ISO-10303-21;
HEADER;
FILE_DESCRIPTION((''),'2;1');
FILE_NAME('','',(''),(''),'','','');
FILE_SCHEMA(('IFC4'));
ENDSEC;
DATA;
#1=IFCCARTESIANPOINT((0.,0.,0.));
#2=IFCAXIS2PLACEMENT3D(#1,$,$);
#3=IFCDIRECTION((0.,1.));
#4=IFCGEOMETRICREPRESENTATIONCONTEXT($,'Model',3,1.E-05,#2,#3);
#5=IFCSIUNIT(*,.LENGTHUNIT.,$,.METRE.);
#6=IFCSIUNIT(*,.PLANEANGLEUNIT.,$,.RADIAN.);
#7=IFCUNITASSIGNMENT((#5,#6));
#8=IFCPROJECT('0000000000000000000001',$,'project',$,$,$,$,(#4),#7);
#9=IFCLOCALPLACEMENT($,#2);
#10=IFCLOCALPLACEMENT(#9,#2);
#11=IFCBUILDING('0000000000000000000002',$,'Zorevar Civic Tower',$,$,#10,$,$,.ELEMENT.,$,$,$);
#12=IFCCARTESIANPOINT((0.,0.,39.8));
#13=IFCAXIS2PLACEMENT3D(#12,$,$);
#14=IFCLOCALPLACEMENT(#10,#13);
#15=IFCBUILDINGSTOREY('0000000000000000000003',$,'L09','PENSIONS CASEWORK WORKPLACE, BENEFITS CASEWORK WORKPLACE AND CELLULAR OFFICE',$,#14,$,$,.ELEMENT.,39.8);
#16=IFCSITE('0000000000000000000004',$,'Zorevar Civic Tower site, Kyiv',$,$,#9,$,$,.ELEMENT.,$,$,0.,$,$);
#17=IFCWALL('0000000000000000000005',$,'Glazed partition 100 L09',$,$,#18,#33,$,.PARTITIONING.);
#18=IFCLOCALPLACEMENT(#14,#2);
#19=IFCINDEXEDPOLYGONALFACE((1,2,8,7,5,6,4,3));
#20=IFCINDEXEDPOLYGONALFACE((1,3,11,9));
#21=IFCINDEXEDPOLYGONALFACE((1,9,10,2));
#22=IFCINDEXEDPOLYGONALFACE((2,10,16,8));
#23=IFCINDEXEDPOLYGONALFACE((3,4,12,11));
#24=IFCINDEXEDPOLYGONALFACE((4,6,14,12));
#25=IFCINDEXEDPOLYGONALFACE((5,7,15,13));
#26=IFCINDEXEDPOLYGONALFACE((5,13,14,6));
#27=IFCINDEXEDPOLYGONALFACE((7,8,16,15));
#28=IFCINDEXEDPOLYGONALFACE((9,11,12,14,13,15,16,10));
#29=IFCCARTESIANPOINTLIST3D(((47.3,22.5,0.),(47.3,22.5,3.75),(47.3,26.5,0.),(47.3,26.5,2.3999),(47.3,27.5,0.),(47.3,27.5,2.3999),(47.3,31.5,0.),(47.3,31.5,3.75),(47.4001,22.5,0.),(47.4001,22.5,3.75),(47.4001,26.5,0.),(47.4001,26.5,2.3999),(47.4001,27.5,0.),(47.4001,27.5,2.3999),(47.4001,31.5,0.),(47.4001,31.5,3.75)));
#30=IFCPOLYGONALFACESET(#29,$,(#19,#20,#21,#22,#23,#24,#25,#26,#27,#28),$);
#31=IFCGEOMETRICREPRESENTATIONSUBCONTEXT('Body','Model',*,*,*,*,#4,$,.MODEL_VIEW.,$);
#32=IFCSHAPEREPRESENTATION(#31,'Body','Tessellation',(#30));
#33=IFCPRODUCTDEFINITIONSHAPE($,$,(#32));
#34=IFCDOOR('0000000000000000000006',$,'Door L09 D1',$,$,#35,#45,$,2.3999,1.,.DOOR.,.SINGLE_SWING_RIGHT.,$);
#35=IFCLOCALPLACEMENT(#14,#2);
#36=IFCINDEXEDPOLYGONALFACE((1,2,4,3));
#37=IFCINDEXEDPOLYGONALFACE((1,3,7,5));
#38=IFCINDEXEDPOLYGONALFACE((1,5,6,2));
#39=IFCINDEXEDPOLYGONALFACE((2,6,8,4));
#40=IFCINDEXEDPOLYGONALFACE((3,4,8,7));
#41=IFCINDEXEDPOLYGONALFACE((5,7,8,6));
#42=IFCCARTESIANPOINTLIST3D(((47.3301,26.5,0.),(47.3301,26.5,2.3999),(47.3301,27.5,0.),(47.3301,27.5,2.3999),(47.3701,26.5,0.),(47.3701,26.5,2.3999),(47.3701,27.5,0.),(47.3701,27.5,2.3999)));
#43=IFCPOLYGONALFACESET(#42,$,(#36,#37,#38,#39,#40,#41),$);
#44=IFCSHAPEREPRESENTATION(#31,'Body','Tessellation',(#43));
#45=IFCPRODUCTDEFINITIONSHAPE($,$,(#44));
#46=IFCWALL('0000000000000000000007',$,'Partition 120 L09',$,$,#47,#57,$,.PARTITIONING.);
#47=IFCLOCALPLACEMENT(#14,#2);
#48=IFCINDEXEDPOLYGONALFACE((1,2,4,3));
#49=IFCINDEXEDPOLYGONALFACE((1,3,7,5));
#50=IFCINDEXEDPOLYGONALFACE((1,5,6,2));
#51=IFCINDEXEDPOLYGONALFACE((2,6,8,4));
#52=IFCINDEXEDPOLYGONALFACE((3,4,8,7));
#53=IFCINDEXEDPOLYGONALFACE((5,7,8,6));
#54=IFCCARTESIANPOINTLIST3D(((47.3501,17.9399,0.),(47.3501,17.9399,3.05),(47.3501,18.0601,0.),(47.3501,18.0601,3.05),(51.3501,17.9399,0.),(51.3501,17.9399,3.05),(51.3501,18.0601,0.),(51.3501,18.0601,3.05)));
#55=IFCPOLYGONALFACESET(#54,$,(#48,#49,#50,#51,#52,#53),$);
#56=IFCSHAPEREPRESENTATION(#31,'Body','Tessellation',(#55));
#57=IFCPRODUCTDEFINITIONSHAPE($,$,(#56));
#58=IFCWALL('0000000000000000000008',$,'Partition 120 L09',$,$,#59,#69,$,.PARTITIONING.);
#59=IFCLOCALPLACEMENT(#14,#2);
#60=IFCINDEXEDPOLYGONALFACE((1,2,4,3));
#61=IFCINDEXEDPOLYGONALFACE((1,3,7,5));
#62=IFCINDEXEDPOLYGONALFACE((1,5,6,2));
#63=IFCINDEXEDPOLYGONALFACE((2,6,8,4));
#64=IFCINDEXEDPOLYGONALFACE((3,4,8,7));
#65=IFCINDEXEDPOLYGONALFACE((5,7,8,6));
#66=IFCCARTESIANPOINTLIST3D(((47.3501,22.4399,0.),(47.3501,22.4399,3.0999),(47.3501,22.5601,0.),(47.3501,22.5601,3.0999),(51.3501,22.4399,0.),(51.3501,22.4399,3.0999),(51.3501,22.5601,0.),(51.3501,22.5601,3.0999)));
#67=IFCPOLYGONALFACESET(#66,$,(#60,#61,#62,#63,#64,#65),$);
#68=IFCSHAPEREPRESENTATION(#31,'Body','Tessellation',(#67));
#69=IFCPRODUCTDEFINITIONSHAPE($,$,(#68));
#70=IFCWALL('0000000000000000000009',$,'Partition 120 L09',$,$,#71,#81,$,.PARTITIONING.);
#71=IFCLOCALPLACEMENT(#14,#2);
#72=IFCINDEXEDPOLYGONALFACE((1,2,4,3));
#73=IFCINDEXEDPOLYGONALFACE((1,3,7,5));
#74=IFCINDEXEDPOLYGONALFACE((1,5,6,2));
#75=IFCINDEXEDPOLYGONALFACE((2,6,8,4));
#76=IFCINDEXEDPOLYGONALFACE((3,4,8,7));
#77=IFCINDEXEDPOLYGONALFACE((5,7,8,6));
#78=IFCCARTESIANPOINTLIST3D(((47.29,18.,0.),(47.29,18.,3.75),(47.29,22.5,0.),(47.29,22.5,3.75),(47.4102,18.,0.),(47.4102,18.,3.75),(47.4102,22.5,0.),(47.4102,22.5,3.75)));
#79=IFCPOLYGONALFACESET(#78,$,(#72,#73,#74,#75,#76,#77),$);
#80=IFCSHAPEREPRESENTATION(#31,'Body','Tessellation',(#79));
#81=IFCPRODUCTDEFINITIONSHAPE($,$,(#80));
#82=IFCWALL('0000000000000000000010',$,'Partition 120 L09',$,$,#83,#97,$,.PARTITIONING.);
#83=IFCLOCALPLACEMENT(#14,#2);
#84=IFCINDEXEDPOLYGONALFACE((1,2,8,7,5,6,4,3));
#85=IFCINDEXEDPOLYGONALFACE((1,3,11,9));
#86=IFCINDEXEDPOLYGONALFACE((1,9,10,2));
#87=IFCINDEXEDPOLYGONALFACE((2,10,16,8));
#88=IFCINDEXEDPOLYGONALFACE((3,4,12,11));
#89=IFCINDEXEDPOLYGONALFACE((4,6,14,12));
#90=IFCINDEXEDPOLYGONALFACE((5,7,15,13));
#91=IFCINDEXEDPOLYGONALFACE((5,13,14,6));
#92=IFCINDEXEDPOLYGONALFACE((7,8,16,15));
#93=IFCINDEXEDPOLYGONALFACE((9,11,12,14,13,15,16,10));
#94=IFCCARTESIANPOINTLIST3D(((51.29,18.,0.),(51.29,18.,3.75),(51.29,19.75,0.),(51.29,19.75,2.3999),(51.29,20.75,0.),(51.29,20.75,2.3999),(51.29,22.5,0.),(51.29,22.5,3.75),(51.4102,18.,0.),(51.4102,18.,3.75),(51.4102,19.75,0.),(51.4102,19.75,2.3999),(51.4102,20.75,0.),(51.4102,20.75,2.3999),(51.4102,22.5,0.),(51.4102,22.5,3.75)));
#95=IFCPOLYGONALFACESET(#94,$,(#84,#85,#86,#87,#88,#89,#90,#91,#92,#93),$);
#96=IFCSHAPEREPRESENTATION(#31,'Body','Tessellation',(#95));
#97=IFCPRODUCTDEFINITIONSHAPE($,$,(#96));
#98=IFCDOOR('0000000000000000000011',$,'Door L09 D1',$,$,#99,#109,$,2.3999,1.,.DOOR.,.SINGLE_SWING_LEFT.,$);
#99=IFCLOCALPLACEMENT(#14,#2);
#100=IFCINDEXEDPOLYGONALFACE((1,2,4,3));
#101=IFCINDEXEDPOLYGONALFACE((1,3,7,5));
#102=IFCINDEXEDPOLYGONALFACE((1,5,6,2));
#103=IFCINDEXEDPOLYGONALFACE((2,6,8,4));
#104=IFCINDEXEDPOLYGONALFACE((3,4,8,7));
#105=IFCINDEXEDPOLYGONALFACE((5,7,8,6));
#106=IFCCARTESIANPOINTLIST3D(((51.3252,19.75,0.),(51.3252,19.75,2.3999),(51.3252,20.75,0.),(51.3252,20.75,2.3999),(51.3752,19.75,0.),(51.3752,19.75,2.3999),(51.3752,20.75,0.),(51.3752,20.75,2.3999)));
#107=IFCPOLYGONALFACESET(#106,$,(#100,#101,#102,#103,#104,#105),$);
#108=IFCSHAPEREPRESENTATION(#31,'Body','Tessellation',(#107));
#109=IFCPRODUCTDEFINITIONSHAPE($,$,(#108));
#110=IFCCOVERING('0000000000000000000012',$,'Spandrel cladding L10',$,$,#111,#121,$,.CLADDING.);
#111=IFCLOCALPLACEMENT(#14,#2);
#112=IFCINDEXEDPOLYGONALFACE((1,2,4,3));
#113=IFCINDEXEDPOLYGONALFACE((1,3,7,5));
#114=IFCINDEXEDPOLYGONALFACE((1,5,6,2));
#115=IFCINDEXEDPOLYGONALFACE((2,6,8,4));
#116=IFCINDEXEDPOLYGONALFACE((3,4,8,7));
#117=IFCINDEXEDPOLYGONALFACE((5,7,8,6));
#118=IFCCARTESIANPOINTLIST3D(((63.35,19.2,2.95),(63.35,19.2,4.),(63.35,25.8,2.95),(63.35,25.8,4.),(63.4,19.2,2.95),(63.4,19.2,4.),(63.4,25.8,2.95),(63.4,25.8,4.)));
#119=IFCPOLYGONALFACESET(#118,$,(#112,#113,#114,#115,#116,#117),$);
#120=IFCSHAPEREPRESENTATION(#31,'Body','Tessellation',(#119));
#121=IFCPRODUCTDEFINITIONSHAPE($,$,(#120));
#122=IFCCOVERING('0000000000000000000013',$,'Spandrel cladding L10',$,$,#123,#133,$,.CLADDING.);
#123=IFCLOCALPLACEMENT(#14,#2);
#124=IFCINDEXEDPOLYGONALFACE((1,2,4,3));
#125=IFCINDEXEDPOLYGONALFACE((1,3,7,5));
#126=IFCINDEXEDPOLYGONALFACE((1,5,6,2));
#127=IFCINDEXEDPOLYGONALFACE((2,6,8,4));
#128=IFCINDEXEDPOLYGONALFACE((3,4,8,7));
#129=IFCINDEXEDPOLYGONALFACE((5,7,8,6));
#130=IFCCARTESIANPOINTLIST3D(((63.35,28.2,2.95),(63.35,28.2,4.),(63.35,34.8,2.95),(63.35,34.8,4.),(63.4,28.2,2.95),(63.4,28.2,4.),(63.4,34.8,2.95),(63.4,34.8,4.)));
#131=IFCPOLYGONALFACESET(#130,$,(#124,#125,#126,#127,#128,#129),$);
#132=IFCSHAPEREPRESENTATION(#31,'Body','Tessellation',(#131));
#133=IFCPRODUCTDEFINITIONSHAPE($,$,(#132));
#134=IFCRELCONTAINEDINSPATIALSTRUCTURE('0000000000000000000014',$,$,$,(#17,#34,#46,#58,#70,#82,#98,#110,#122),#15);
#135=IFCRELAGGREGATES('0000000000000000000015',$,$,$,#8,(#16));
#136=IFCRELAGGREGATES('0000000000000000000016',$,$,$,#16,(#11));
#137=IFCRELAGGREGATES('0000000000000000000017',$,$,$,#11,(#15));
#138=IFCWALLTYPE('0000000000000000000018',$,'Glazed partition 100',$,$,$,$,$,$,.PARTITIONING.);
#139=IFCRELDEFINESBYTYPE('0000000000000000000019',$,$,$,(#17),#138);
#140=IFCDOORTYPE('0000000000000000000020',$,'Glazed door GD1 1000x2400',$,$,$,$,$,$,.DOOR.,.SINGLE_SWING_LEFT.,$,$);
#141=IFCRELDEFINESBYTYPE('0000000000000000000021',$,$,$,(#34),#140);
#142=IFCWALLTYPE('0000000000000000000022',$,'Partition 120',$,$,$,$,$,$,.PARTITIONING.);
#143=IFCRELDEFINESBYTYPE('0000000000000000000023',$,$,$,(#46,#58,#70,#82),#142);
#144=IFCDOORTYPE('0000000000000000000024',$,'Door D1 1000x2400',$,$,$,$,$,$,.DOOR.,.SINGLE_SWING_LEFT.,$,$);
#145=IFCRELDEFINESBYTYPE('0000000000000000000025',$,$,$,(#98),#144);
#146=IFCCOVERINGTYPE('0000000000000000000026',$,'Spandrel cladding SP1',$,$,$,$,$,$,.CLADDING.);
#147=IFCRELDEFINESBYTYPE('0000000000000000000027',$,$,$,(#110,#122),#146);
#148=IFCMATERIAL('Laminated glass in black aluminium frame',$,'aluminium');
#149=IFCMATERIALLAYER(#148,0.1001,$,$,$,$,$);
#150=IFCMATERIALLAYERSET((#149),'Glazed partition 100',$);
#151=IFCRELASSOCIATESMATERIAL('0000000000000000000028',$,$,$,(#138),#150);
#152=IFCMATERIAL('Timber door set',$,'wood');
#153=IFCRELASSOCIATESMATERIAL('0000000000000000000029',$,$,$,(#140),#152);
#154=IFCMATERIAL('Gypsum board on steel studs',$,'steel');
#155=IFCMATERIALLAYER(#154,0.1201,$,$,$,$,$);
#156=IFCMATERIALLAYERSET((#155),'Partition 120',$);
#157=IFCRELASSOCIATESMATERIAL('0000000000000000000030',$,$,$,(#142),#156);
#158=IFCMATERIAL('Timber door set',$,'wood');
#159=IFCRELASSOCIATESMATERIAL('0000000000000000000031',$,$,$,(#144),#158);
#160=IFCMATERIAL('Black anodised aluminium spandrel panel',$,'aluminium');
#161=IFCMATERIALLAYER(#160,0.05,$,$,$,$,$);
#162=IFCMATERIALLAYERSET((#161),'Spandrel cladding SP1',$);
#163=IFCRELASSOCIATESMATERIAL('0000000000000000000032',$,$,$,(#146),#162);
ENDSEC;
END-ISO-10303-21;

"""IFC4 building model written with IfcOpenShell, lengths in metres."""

from ifc_helpers import new_model, si_unit, direction, frame, frame_2d, origin, place, context, subcontext, project, spatial, rectangle, extrude, material, layer, layer_set, type_object, element, fill, save


model = new_model("IFC4")

# Units and contexts
model_context = context("Model", 3, precision=1e-05, world=origin(), true_north=direction((0.0, 1.0)))
body_context = subcontext(model_context, "Body", "Model", "MODEL_VIEW")
ifc_project = project(units=[si_unit("LENGTHUNIT", "METRE"), si_unit("PLANEANGLEUNIT", "RADIAN")], contexts=[model_context])

# Site, building, storey
site_placement = place(None, origin())
site = spatial("IfcSite", under=ifc_project, at=site_placement, Name="Zorevar Civic Tower site, Kyiv", CompositionType="ELEMENT", RefElevation=0.0)
building_placement = place(site_placement, origin())
building = spatial("IfcBuilding", under=site, at=building_placement, Name="Zorevar Civic Tower", CompositionType="ELEMENT")
storey_placement = place(building_placement, frame((0.0, 0.0, 39.8)))
storey = spatial("IfcBuildingStorey", under=building, at=storey_placement, Name="L09", Description="PENSIONS CASEWORK WORKPLACE, BENEFITS CASEWORK WORKPLACE AND CELLULAR OFFICE", CompositionType="ELEMENT", Elevation=39.8)

# Shared definitions
ifc_material_1 = material(Name="Laminated glass in black aluminium frame", Category="aluminium")
ifc_layer_1 = layer(ifc_material_1, 0.1001)
ifc_layer_set_1 = layer_set([ifc_layer_1], Name="Glazed partition 100")
wall_type_1 = type_object("IfcWallType", Name="Glazed partition 100", PredefinedType="PARTITIONING", material=ifc_layer_set_1)

# Wall, opening, door
wall_1_placement = place(storey_placement, frame((47.3501, 22.5, 0.0), z_axis=(0.0, 0.0, 1.0), x_axis=(0.0, 1.0, 0.0)))
wall_1 = element("IfcWall", 1, at=wall_1_placement, inside=storey, type_object=wall_type_1, Name="Glazed partition 100 L09", PredefinedType="PARTITIONING", context=body_context, shape_type="SweptSolid", body=[
    extrude(rectangle(XDim=9.0, YDim=0.1001, at=frame_2d((4.5, 0.0))), origin(), (0.0, 0.0, 1.0), 3.75),
])
opening_1_placement = place(wall_1_placement, frame((4.0, 0.0, 0.0)))
opening_1 = element("IfcOpeningElement", 2, at=opening_1_placement, cuts=wall_1, PredefinedType="OPENING", context=body_context, shape_type="SweptSolid", body=[
    extrude(rectangle(XDim=1.0, YDim=2.3999, at=frame_2d((0.5, 1.2))), frame((0.0, 0.0601, 0.0), z_axis=(0.0, -1.0, 0.0), x_axis=(1.0, 0.0, 0.0)), (0.0, 0.0, 1.0), 0.1201),
])
ifc_material_2 = material(Name="Timber door set", Category="wood")
door_type_1 = type_object("IfcDoorType", Name="Glazed door GD1 1000x2400", OperationType="SINGLE_SWING_LEFT", PredefinedType="DOOR", material=ifc_material_2)
door_1_placement = place(opening_1_placement, origin())
door_1 = element("IfcDoor", 3, at=door_1_placement, inside=storey, type_object=door_type_1, Name="Door L09 D1", OperationType="SINGLE_SWING_RIGHT", OverallHeight=2.3999, OverallWidth=1.0, PredefinedType="DOOR", context=body_context, shape_type="SweptSolid", body=[
    extrude(rectangle(XDim=1.0, YDim=2.3999, at=frame_2d((0.5, 1.2))), frame((0.0, 0.02, 0.0), z_axis=(0.0, -1.0, 0.0), x_axis=(1.0, 0.0, 0.0)), (0.0, 0.0, 1.0), 0.04),
])
fill(opening_1, door_1)

# Walls
ifc_material_3 = material(Name="Gypsum board on steel studs", Category="steel")
ifc_layer_2 = layer(ifc_material_3, 0.1201)
ifc_layer_set_2 = layer_set([ifc_layer_2], Name="Partition 120")
wall_type_2 = type_object("IfcWallType", Name="Partition 120", PredefinedType="PARTITIONING", material=ifc_layer_set_2)
wall_2_placement = place(storey_placement, frame((47.3501, 18.0, 0.0), z_axis=(0.0, 0.0, 1.0), x_axis=(1.0, 0.0, 0.0)))
element("IfcWall", 4, at=wall_2_placement, inside=storey, type_object=wall_type_2, Name="Partition 120 L09", PredefinedType="PARTITIONING", context=body_context, shape_type="SweptSolid", body=[
    extrude(rectangle(XDim=4.0, YDim=0.1201, at=frame_2d((2.0, 0.0))), origin(), (0.0, 0.0, 1.0), 3.05),
])
wall_3_placement = place(storey_placement, frame((47.3501, 22.5, 0.0), z_axis=(0.0, 0.0, 1.0), x_axis=(1.0, 0.0, 0.0)))
element("IfcWall", 5, at=wall_3_placement, inside=storey, type_object=wall_type_2, Name="Partition 120 L09", PredefinedType="PARTITIONING", context=body_context, shape_type="SweptSolid", body=[
    extrude(rectangle(XDim=4.0, YDim=0.1201, at=frame_2d((2.0, 0.0))), origin(), (0.0, 0.0, 1.0), 3.0999),
])
wall_4_placement = place(storey_placement, frame((47.3501, 18.0, 0.0), z_axis=(0.0, 0.0, 1.0), x_axis=(0.0, 1.0, 0.0)))
element("IfcWall", 6, at=wall_4_placement, inside=storey, type_object=wall_type_2, Name="Partition 120 L09", PredefinedType="PARTITIONING", context=body_context, shape_type="SweptSolid", body=[
    extrude(rectangle(XDim=4.5, YDim=0.1201, at=frame_2d((2.25, 0.0))), origin(), (0.0, 0.0, 1.0), 3.75),
])

# Wall, opening, door
wall_5_placement = place(storey_placement, frame((51.3501, 18.0, 0.0), z_axis=(0.0, 0.0, 1.0), x_axis=(0.0, 1.0, 0.0)))
wall_5 = element("IfcWall", 7, at=wall_5_placement, inside=storey, type_object=wall_type_2, Name="Partition 120 L09", PredefinedType="PARTITIONING", context=body_context, shape_type="SweptSolid", body=[
    extrude(rectangle(XDim=4.5, YDim=0.1201, at=frame_2d((2.25, 0.0))), origin(), (0.0, 0.0, 1.0), 3.75),
])
opening_2_placement = place(wall_5_placement, frame((1.75, 0.0, 0.0)))
opening_2 = element("IfcOpeningElement", 8, at=opening_2_placement, cuts=wall_5, PredefinedType="OPENING", context=body_context, shape_type="SweptSolid", body=[
    extrude(rectangle(XDim=1.0, YDim=2.3999, at=frame_2d((0.5, 1.2))), frame((0.0, 0.0701, 0.0), z_axis=(0.0, -1.0, 0.0), x_axis=(1.0, 0.0, 0.0)), (0.0, 0.0, 1.0), 0.1401),
])
ifc_material_4 = material(Name="Timber door set", Category="wood")
door_type_2 = type_object("IfcDoorType", Name="Door D1 1000x2400", OperationType="SINGLE_SWING_LEFT", PredefinedType="DOOR", material=ifc_material_4)
door_2_placement = place(opening_2_placement, origin())
door_2 = element("IfcDoor", 9, at=door_2_placement, inside=storey, type_object=door_type_2, Name="Door L09 D1", OperationType="SINGLE_SWING_LEFT", OverallHeight=2.3999, OverallWidth=1.0, PredefinedType="DOOR", context=body_context, shape_type="SweptSolid", body=[
    extrude(rectangle(XDim=1.0, YDim=2.3999, at=frame_2d((0.5, 1.2))), frame((0.0, 0.0249, 0.0), z_axis=(0.0, -1.0, 0.0), x_axis=(1.0, 0.0, 0.0)), (0.0, 0.0, 1.0), 0.05),
])
fill(opening_2, door_2)

# Coverings
ifc_material_5 = material(Name="Black anodised aluminium spandrel panel", Category="aluminium")
ifc_layer_3 = layer(ifc_material_5, 0.05)
ifc_layer_set_3 = layer_set([ifc_layer_3], Name="Spandrel cladding SP1")
covering_type = type_object("IfcCoveringType", Name="Spandrel cladding SP1", PredefinedType="CLADDING", material=ifc_layer_set_3)
for number, where, z_axis, x_axis, name in (
    (10, (63.375, 19.2, 2.95), (0.0, 0.0, 1.0), (0.0, 1.0, 0.0), "Spandrel cladding L10"),
    (11, (63.375, 28.2, 2.95), (0.0, 0.0, 1.0), (0.0, 1.0, 0.0), "Spandrel cladding L10"),
):
    element("IfcCovering", number, at=place(storey_placement, frame(where, z_axis=z_axis, x_axis=x_axis)), inside=storey, type_object=covering_type, Name=name, PredefinedType="CLADDING", context=body_context, shape_type="SweptSolid", body=[
        extrude(rectangle(XDim=6.6001, YDim=0.05, at=frame_2d((3.3, 0.0))), origin(), (0.0, 0.0, 1.0), 1.05),
    ])

save(model, "model.ifc")
